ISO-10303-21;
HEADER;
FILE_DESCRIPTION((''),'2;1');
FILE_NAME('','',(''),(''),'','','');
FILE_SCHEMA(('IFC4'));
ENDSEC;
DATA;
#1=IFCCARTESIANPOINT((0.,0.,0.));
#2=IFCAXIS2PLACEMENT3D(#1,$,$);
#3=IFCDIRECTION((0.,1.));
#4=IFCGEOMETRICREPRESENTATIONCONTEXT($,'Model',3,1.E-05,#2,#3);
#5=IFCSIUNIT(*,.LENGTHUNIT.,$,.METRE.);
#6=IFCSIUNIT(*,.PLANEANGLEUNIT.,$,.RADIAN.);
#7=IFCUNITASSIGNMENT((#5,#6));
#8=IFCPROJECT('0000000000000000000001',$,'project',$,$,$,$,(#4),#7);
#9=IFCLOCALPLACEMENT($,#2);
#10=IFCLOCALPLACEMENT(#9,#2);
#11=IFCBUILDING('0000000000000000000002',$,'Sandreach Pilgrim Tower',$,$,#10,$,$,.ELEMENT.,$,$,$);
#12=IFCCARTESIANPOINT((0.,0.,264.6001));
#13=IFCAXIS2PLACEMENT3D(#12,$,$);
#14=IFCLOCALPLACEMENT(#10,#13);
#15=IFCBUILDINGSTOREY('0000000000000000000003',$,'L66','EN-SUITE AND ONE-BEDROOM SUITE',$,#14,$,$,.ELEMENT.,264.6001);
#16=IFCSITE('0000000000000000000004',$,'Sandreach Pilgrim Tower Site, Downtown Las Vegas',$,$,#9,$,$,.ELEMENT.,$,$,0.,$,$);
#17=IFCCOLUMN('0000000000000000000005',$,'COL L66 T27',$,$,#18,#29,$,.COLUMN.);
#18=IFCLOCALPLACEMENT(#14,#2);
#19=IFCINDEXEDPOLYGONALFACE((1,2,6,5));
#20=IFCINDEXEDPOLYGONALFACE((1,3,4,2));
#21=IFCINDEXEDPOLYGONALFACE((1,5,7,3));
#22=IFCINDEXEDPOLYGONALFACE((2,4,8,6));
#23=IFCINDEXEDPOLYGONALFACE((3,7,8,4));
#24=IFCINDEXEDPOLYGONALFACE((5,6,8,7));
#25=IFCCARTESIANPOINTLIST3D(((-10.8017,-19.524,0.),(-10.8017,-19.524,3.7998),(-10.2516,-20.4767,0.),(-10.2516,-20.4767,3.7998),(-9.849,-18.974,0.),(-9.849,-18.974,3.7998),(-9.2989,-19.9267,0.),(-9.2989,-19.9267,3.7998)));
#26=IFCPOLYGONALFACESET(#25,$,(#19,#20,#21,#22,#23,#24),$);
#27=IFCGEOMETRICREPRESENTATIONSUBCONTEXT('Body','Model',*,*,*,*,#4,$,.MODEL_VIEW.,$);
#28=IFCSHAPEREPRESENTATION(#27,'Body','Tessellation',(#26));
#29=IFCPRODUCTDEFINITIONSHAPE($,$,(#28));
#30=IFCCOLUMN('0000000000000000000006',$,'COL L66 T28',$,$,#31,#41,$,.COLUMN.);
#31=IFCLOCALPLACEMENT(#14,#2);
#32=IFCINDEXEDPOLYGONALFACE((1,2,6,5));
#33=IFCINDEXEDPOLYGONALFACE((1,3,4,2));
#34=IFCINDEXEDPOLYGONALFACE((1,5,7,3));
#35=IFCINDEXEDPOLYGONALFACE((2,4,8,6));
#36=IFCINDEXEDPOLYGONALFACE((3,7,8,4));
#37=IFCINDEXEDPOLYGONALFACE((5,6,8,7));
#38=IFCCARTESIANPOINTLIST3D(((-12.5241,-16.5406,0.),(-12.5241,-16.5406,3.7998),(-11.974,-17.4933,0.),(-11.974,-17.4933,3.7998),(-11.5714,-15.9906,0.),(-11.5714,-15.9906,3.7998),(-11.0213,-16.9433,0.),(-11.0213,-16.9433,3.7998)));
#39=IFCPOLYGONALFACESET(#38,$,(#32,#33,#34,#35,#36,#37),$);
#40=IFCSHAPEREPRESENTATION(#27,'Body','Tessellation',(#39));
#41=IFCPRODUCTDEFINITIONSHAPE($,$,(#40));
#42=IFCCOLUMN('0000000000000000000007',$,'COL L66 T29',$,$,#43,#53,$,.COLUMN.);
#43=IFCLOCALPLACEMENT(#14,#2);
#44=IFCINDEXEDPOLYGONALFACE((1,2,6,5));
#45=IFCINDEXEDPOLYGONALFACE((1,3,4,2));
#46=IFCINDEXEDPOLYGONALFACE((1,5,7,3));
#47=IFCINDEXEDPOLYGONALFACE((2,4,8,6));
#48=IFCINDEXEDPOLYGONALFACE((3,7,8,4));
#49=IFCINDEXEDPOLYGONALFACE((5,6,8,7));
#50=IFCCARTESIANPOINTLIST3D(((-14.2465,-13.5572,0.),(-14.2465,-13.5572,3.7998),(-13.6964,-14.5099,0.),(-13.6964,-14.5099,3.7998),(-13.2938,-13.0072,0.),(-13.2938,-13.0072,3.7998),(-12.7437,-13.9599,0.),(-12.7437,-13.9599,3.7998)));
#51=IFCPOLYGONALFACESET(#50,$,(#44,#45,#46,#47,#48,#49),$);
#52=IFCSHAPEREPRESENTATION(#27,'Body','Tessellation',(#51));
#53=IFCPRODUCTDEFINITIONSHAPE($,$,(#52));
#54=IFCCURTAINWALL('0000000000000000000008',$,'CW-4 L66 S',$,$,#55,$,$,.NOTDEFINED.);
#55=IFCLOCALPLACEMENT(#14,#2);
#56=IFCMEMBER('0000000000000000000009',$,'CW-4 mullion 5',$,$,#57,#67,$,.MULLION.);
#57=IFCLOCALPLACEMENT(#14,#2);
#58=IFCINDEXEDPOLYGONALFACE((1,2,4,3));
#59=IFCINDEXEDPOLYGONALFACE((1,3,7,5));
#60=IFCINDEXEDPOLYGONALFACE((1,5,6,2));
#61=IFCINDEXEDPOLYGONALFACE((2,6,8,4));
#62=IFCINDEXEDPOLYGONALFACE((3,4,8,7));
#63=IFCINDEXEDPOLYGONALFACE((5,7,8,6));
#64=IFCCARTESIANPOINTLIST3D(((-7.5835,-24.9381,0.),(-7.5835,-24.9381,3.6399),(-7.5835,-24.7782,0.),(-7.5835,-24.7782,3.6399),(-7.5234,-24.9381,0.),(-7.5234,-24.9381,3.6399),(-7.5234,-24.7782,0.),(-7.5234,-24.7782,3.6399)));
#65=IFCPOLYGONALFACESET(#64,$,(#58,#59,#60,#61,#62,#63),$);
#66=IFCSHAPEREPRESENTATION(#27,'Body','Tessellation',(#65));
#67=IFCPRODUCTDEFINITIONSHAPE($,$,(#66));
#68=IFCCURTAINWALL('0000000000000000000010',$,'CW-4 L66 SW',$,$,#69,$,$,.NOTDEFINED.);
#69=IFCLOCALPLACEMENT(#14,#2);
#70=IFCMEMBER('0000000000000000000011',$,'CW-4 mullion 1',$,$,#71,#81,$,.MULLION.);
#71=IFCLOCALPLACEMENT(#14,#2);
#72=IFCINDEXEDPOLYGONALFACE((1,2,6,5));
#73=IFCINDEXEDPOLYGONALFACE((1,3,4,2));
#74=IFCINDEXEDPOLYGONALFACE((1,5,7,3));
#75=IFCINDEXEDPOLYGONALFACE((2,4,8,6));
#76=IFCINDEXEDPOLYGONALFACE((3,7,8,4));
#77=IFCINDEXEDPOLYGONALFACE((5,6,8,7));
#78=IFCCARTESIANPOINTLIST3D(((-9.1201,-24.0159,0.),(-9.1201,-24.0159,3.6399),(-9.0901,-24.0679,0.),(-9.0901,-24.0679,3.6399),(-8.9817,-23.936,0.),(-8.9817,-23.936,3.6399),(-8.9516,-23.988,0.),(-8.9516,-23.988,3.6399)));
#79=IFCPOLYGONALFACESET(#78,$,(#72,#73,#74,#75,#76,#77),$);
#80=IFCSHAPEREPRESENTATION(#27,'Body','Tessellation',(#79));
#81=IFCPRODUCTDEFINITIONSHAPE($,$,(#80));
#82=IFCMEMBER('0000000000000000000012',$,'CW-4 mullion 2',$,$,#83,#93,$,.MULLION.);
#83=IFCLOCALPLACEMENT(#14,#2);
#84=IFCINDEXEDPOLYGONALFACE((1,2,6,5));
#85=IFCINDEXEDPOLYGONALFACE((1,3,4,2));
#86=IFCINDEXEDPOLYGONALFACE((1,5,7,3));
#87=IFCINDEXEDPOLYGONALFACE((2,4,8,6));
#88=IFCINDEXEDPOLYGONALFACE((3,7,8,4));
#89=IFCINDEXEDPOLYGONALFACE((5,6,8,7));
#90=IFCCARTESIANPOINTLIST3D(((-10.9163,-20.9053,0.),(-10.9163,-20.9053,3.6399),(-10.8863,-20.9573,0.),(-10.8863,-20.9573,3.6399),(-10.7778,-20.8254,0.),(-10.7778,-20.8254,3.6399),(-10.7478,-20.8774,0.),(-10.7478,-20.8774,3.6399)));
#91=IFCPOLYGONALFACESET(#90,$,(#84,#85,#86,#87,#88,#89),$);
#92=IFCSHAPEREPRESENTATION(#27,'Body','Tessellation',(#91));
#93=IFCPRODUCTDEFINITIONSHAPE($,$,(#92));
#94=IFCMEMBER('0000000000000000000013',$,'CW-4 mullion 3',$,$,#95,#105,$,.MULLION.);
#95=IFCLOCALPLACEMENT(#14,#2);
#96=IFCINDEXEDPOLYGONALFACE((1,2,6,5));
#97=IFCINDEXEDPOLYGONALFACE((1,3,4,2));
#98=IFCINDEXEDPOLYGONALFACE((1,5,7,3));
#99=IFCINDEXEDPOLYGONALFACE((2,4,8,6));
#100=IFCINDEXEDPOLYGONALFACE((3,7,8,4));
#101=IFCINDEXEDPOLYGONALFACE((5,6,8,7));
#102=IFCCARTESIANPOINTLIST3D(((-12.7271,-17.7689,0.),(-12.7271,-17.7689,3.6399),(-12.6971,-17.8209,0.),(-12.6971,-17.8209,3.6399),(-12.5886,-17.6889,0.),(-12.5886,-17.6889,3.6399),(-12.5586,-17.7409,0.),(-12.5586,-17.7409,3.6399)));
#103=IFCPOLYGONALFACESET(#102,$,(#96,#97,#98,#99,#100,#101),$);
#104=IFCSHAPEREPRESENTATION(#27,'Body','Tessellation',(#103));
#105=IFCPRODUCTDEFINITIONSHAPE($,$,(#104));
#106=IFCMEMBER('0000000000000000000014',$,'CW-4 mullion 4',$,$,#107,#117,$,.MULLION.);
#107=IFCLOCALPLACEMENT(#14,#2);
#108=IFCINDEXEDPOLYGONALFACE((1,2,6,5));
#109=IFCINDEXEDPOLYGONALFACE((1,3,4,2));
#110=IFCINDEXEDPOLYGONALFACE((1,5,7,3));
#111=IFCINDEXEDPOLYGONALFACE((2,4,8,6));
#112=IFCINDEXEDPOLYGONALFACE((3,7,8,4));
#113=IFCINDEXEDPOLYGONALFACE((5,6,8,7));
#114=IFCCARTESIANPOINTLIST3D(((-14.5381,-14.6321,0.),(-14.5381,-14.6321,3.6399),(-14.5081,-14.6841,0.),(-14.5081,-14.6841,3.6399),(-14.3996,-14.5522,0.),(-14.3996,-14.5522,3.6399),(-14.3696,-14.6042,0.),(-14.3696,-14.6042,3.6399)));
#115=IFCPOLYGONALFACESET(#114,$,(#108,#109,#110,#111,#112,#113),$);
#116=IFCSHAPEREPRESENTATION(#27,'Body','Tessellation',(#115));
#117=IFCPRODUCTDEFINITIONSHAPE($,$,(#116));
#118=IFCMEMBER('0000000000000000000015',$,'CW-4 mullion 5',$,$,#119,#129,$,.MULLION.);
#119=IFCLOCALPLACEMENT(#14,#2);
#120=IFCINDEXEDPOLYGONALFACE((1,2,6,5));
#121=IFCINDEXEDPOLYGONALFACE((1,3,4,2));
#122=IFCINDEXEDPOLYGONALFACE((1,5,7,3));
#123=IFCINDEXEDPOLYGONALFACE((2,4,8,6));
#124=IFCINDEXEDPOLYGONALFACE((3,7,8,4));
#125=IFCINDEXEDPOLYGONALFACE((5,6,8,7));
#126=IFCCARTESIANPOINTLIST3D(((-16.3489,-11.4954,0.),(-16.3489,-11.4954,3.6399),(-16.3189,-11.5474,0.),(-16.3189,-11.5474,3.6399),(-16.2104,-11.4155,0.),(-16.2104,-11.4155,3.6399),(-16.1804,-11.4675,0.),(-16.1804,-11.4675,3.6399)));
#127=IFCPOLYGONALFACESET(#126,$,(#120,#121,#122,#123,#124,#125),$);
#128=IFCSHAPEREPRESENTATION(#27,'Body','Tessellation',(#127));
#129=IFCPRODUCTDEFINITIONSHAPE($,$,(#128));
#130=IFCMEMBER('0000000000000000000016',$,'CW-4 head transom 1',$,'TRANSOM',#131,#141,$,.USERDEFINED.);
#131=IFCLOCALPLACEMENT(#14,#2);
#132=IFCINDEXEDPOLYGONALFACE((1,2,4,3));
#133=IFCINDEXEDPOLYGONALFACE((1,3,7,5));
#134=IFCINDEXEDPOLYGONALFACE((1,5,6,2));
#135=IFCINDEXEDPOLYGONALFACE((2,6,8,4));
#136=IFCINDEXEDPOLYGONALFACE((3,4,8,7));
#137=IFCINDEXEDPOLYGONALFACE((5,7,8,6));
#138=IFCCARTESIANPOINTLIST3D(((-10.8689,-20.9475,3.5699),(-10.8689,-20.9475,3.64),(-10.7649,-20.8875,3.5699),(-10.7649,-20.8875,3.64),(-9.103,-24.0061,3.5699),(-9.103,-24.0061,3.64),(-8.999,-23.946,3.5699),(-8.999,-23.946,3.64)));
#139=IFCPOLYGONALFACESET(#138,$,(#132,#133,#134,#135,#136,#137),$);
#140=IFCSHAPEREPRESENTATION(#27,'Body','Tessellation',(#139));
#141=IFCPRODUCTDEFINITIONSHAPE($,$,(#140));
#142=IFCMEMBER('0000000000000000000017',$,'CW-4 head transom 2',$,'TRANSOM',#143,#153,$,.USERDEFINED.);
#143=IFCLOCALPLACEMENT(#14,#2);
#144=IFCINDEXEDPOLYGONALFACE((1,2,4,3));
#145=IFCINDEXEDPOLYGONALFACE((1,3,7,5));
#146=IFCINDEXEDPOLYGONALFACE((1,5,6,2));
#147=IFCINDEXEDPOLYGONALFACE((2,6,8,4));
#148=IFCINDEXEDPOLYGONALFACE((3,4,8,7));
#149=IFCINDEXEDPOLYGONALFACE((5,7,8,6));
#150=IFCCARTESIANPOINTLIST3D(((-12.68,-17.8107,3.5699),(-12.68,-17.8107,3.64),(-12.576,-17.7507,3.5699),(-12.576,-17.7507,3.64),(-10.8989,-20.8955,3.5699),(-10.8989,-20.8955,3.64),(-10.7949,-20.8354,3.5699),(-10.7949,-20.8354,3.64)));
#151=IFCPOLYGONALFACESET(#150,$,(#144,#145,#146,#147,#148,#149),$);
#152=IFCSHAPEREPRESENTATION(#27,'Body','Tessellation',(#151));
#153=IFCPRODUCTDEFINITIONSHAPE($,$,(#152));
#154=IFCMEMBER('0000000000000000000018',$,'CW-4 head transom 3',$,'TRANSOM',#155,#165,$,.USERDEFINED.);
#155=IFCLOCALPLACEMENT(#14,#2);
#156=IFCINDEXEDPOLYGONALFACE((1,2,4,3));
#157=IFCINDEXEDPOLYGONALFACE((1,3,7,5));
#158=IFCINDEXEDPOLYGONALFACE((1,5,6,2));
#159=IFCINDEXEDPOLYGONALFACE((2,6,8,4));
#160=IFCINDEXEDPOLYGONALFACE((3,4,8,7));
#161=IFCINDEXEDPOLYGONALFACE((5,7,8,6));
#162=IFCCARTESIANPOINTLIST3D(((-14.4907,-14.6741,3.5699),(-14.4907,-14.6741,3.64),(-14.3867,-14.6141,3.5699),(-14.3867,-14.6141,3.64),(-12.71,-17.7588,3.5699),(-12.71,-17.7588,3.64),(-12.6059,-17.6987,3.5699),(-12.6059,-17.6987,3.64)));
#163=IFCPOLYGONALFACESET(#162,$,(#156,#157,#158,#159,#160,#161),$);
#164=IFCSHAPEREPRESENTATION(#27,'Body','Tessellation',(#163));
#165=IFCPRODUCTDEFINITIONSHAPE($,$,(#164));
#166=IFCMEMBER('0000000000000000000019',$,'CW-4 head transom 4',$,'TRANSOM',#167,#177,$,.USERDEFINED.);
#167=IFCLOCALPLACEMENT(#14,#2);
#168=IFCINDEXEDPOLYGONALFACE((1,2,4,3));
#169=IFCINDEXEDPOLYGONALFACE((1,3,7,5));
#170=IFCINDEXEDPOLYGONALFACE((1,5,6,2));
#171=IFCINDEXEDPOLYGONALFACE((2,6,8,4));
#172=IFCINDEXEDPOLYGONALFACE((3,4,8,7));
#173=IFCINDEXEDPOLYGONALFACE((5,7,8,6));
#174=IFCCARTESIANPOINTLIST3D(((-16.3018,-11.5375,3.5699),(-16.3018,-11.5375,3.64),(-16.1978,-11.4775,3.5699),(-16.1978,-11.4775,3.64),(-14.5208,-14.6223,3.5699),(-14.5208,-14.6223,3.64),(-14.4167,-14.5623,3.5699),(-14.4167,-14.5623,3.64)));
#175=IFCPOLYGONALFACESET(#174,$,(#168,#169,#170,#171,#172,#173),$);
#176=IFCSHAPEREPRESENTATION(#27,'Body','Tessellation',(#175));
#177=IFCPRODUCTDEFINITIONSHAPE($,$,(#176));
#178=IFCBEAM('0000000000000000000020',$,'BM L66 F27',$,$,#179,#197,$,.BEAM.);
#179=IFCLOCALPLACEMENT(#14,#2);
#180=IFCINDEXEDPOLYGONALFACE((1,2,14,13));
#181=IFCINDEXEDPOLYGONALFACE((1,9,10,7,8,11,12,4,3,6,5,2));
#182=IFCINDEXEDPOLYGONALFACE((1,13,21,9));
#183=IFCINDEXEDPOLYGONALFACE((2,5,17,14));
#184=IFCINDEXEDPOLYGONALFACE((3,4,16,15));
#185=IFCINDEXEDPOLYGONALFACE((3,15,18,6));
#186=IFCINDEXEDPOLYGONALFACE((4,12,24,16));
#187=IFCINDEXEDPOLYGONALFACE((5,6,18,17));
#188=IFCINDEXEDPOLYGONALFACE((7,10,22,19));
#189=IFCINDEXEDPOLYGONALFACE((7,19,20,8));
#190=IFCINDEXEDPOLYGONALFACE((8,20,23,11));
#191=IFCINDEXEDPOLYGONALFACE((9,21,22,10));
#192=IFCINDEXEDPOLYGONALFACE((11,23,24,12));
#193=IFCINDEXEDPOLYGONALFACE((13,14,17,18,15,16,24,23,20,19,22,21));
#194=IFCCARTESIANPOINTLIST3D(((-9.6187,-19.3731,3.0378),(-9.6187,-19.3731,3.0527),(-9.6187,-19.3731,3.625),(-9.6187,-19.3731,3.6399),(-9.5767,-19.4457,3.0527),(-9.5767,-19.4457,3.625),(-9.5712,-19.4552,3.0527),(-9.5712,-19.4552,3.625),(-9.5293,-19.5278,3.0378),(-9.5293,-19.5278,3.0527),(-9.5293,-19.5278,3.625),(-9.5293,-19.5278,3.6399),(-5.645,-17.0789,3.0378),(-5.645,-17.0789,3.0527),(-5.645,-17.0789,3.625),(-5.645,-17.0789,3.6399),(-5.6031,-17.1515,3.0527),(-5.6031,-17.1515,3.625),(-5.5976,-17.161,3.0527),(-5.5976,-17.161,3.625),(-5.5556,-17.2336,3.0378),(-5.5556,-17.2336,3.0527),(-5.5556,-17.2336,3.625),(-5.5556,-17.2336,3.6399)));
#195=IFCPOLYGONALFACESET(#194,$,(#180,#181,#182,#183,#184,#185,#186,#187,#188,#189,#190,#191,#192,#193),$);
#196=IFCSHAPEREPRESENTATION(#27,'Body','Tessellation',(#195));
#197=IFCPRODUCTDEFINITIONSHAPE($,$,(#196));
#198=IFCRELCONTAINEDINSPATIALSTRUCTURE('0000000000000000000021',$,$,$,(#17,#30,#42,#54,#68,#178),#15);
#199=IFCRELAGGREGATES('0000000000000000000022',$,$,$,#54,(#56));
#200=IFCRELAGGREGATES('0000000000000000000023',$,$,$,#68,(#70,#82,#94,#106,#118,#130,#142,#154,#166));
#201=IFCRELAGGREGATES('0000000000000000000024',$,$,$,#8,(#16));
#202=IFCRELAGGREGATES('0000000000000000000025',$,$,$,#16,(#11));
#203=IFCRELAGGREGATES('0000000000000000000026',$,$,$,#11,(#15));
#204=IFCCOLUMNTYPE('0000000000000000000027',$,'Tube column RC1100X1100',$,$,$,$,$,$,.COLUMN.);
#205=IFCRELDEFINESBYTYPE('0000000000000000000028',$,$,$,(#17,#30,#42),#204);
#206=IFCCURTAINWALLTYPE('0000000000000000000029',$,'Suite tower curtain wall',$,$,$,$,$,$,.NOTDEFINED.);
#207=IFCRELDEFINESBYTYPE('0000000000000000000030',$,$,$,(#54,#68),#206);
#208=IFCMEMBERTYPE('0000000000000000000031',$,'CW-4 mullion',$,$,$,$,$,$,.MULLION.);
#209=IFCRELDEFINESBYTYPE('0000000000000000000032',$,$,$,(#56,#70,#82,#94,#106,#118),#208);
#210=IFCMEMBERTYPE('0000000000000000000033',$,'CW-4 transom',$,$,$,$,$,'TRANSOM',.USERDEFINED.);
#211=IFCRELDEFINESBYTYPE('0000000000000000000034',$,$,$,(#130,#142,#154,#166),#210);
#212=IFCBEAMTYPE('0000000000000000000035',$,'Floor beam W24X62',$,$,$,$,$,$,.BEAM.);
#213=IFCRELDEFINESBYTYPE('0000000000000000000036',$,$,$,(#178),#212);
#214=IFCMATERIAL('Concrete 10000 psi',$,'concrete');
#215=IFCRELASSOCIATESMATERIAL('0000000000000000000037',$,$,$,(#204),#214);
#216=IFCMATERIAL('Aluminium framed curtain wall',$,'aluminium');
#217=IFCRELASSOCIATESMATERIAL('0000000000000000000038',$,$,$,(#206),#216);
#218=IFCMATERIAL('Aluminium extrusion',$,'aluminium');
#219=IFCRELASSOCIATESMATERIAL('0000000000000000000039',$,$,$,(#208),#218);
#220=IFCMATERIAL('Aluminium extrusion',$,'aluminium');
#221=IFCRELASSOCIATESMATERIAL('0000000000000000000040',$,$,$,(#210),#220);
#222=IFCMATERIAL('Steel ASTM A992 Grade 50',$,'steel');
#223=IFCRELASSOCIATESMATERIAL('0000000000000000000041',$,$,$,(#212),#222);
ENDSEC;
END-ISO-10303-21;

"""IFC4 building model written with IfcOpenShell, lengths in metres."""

from ifc_helpers import new_model, si_unit, direction, frame, origin, origin_2d, place, context, subcontext, project, spatial, rectangle, i_section, extrude, material, material_profile, profile_set, type_object, element, aggregate, save


model = new_model("IFC4")

# Units and contexts
model_context = context("Model", 3, precision=1e-05, world=origin(), true_north=direction((0.0, 1.0)))
body_context = subcontext(model_context, "Body", "Model", "MODEL_VIEW")
ifc_project = project(units=[si_unit("LENGTHUNIT", "METRE"), si_unit("PLANEANGLEUNIT", "RADIAN")], contexts=[model_context])

# Site, building, storey
site_placement = place(None, origin())
site = spatial("IfcSite", under=ifc_project, at=site_placement, Name="Sandreach Pilgrim Tower Site, Downtown Las Vegas", CompositionType="ELEMENT", RefElevation=0.0)
building_placement = place(site_placement, origin())
building = spatial("IfcBuilding", under=site, at=building_placement, Name="Sandreach Pilgrim Tower", CompositionType="ELEMENT")
storey_placement = place(building_placement, frame((0.0, 0.0, 264.6001)))
storey = spatial("IfcBuildingStorey", under=building, at=storey_placement, Name="L66", Description="EN-SUITE AND ONE-BEDROOM SUITE", CompositionType="ELEMENT", Elevation=264.6001)

# Columns
ifc_material_1 = material(Name="Concrete 10000 psi", Category="concrete")
ifc_material_profile_1 = material_profile(ifc_material_1, rectangle(XDim=1.1001, YDim=1.1001, at=origin_2d()), Name="RC1100X1100")
ifc_profile_set_1 = profile_set([ifc_material_profile_1], Name="Concrete 10000 psi")
column_type = type_object("IfcColumnType", Name="Tube column RC1100X1100", PredefinedType="COLUMN", material=ifc_profile_set_1)
for number, where, z_axis, x_axis, name in (
    (1, (-10.0503, -19.7253, 0.0), (0.0, 0.0, 1.0), (-0.866025, -0.5, 0.0), "COL L66 T27"),
    (2, (-11.7727, -16.7419, 0.0), (0.0, 0.0, 1.0), (-0.866025, -0.5, 0.0), "COL L66 T28"),
    (3, (-13.4951, -13.7585, 0.0), (0.0, 0.0, 1.0), (-0.866025, -0.5, 0.0), "COL L66 T29"),
):
    element("IfcColumn", number, at=place(storey_placement, frame(where, z_axis=z_axis, x_axis=x_axis)), inside=storey, type_object=column_type, Name=name, PredefinedType="COLUMN", context=body_context, shape_type="SweptSolid", body=[
        extrude(rectangle(XDim=1.1001, YDim=1.1001, at=origin_2d()), origin(), (0.0, 0.0, 1.0), 3.7998),
    ])

# Curtain wall, member
ifc_material_2 = material(Name="Aluminium framed curtain wall", Category="aluminium")
curtain_wall_type = type_object("IfcCurtainWallType", Name="Suite tower curtain wall", PredefinedType="NOTDEFINED", material=ifc_material_2)
curtain_wall_1_placement = place(storey_placement, origin())
curtain_wall_1 = element("IfcCurtainWall", 4, at=curtain_wall_1_placement, inside=storey, type_object=curtain_wall_type, Name="CW-4 L66 S", PredefinedType="NOTDEFINED")
ifc_material_3 = material(Name="Aluminium extrusion", Category="aluminium")
ifc_material_profile_2 = material_profile(ifc_material_3, rectangle(XDim=0.0601, YDim=0.1599, at=origin_2d()), Name="CW-4M 60X160")
ifc_profile_set_2 = profile_set([ifc_material_profile_2], Name="Aluminium extrusion")
member_type_1 = type_object("IfcMemberType", Name="CW-4 mullion", PredefinedType="MULLION", material=ifc_profile_set_2)
member_1_placement = place(storey_placement, frame((-7.5535, -24.8582, 0.0), z_axis=(0.0, 0.0, 1.0), x_axis=(-1.0, 0.0, 0.0)))
member_1 = element("IfcMember", 5, at=member_1_placement, type_object=member_type_1, Name="CW-4 mullion 5", PredefinedType="MULLION", context=body_context, shape_type="SweptSolid", body=[
    extrude(rectangle(XDim=0.0601, YDim=0.1599, at=origin_2d()), origin(), (0.0, 0.0, 1.0), 3.6399),
])
aggregate(curtain_wall_1, [member_1])

# Curtain wall, members
curtain_wall_2_placement = place(storey_placement, origin())
curtain_wall_2 = element("IfcCurtainWall", 6, at=curtain_wall_2_placement, inside=storey, type_object=curtain_wall_type, Name="CW-4 L66 SW", PredefinedType="NOTDEFINED")
member_2_placement = place(storey_placement, frame((-9.0359, -24.002, 0.0), z_axis=(0.0, 0.0, 1.0), x_axis=(-0.5, 0.866025, 0.0)))
member_2 = element("IfcMember", 7, at=member_2_placement, type_object=member_type_1, Name="CW-4 mullion 1", PredefinedType="MULLION", context=body_context, shape_type="SweptSolid", body=[
    extrude(rectangle(XDim=0.0601, YDim=0.1599, at=origin_2d()), origin(), (0.0, 0.0, 1.0), 3.6399),
])
member_3_placement = place(storey_placement, frame((-10.832, -20.8914, 0.0), z_axis=(0.0, 0.0, 1.0), x_axis=(-0.5, 0.866025, 0.0)))
member_3 = element("IfcMember", 8, at=member_3_placement, type_object=member_type_1, Name="CW-4 mullion 2", PredefinedType="MULLION", context=body_context, shape_type="SweptSolid", body=[
    extrude(rectangle(XDim=0.0601, YDim=0.1599, at=origin_2d()), origin(), (0.0, 0.0, 1.0), 3.6399),
])
member_4_placement = place(storey_placement, frame((-12.6428, -17.7549, 0.0), z_axis=(0.0, 0.0, 1.0), x_axis=(-0.5, 0.866025, 0.0)))
member_4 = element("IfcMember", 9, at=member_4_placement, type_object=member_type_1, Name="CW-4 mullion 3", PredefinedType="MULLION", context=body_context, shape_type="SweptSolid", body=[
    extrude(rectangle(XDim=0.0601, YDim=0.1599, at=origin_2d()), origin(), (0.0, 0.0, 1.0), 3.6399),
])
member_5_placement = place(storey_placement, frame((-14.4539, -14.6182, 0.0), z_axis=(0.0, 0.0, 1.0), x_axis=(-0.5, 0.866025, 0.0)))
member_5 = element("IfcMember", 10, at=member_5_placement, type_object=member_type_1, Name="CW-4 mullion 4", PredefinedType="MULLION", context=body_context, shape_type="SweptSolid", body=[
    extrude(rectangle(XDim=0.0601, YDim=0.1599, at=origin_2d()), origin(), (0.0, 0.0, 1.0), 3.6399),
])
member_6_placement = place(storey_placement, frame((-16.2646, -11.4814, 0.0), z_axis=(0.0, 0.0, 1.0), x_axis=(-0.5, 0.866025, 0.0)))
member_6 = element("IfcMember", 11, at=member_6_placement, type_object=member_type_1, Name="CW-4 mullion 5", PredefinedType="MULLION", context=body_context, shape_type="SweptSolid", body=[
    extrude(rectangle(XDim=0.0601, YDim=0.1599, at=origin_2d()), origin(), (0.0, 0.0, 1.0), 3.6399),
])
ifc_material_4 = material(Name="Aluminium extrusion", Category="aluminium")
ifc_material_profile_3 = material_profile(ifc_material_4, rectangle(XDim=0.1201, YDim=0.0701, at=origin_2d()), Name="CW-4T 120X70")
ifc_profile_set_3 = profile_set([ifc_material_profile_3], Name="Aluminium extrusion")
member_type_2 = type_object("IfcMemberType", Name="CW-4 transom", ElementType="TRANSOM", PredefinedType="USERDEFINED", material=ifc_profile_set_3)
member_7_placement = place(storey_placement, frame((-9.051, -23.9761, 3.605), z_axis=(-0.499998, 0.866027, 0.0), x_axis=(-0.866027, -0.499998, 0.0)))
member_7 = element("IfcMember", 12, at=member_7_placement, type_object=member_type_2, Name="CW-4 head transom 1", ObjectType="TRANSOM", PredefinedType="USERDEFINED", context=body_context, shape_type="SweptSolid", body=[
    extrude(rectangle(XDim=0.1201, YDim=0.0701, at=origin_2d()), origin(), (0.0, 0.0, 1.0), 3.5317),
])
member_8_placement = place(storey_placement, frame((-10.8469, -20.8655, 3.605), z_axis=(-0.500009, 0.86602, 0.0), x_axis=(-0.86602, -0.500009, 0.0)))
member_8 = element("IfcMember", 13, at=member_8_placement, type_object=member_type_2, Name="CW-4 head transom 2", ObjectType="TRANSOM", PredefinedType="USERDEFINED", context=body_context, shape_type="SweptSolid", body=[
    extrude(rectangle(XDim=0.1201, YDim=0.0701, at=origin_2d()), origin(), (0.0, 0.0, 1.0), 3.562),
])
member_9_placement = place(storey_placement, frame((-12.658, -17.7288, 3.605), z_axis=(-0.499958, 0.86605, 0.0), x_axis=(-0.86605, -0.499958, 0.0)))
member_9 = element("IfcMember", 14, at=member_9_placement, type_object=member_type_2, Name="CW-4 head transom 3", ObjectType="TRANSOM", PredefinedType="USERDEFINED", context=body_context, shape_type="SweptSolid", body=[
    extrude(rectangle(XDim=0.1201, YDim=0.0701, at=origin_2d()), origin(), (0.0, 0.0, 1.0), 3.5618),
])
member_10_placement = place(storey_placement, frame((-14.4688, -14.5923, 3.605), z_axis=(-0.500009, 0.86602, 0.0), x_axis=(-0.86602, -0.500009, 0.0)))
member_10 = element("IfcMember", 15, at=member_10_placement, type_object=member_type_2, Name="CW-4 head transom 4", ObjectType="TRANSOM", PredefinedType="USERDEFINED", context=body_context, shape_type="SweptSolid", body=[
    extrude(rectangle(XDim=0.1201, YDim=0.0701, at=origin_2d()), origin(), (0.0, 0.0, 1.0), 3.562),
])

# Beam
ifc_material_5 = material(Name="Steel ASTM A992 Grade 50", Category="steel")
ifc_material_profile_4 = material_profile(ifc_material_5, i_section(OverallWidth=0.1787, OverallDepth=0.6021, WebThickness=0.011, FlangeThickness=0.0149, at=origin_2d()), Name="W24X62")
ifc_profile_set_4 = profile_set([ifc_material_profile_4], Name="Steel ASTM A992 Grade 50")
beam_type_1 = type_object("IfcBeamType", Name="Floor beam W24X62", PredefinedType="BEAM", material=ifc_profile_set_4)
beam_1_placement = place(storey_placement, frame((-9.574, -19.4504, 3.3389), z_axis=(0.866024, 0.500002, 0.0), x_axis=(-0.500002, 0.866024, 0.0)))
element("IfcBeam", 16, at=beam_1_placement, inside=storey, type_object=beam_type_1, Name="BM L66 F27", PredefinedType="BEAM", context=body_context, shape_type="SweptSolid", body=[
    extrude(i_section(OverallWidth=0.1787, OverallDepth=0.6021, WebThickness=0.011, FlangeThickness=0.0149, at=origin_2d()), origin(), (0.0, 0.0, 1.0), 4.5884),
])

aggregate(curtain_wall_2, [member_2, member_3, member_4, member_5, member_6, member_7, member_8, member_9, member_10])

save(model, "model.ifc")
